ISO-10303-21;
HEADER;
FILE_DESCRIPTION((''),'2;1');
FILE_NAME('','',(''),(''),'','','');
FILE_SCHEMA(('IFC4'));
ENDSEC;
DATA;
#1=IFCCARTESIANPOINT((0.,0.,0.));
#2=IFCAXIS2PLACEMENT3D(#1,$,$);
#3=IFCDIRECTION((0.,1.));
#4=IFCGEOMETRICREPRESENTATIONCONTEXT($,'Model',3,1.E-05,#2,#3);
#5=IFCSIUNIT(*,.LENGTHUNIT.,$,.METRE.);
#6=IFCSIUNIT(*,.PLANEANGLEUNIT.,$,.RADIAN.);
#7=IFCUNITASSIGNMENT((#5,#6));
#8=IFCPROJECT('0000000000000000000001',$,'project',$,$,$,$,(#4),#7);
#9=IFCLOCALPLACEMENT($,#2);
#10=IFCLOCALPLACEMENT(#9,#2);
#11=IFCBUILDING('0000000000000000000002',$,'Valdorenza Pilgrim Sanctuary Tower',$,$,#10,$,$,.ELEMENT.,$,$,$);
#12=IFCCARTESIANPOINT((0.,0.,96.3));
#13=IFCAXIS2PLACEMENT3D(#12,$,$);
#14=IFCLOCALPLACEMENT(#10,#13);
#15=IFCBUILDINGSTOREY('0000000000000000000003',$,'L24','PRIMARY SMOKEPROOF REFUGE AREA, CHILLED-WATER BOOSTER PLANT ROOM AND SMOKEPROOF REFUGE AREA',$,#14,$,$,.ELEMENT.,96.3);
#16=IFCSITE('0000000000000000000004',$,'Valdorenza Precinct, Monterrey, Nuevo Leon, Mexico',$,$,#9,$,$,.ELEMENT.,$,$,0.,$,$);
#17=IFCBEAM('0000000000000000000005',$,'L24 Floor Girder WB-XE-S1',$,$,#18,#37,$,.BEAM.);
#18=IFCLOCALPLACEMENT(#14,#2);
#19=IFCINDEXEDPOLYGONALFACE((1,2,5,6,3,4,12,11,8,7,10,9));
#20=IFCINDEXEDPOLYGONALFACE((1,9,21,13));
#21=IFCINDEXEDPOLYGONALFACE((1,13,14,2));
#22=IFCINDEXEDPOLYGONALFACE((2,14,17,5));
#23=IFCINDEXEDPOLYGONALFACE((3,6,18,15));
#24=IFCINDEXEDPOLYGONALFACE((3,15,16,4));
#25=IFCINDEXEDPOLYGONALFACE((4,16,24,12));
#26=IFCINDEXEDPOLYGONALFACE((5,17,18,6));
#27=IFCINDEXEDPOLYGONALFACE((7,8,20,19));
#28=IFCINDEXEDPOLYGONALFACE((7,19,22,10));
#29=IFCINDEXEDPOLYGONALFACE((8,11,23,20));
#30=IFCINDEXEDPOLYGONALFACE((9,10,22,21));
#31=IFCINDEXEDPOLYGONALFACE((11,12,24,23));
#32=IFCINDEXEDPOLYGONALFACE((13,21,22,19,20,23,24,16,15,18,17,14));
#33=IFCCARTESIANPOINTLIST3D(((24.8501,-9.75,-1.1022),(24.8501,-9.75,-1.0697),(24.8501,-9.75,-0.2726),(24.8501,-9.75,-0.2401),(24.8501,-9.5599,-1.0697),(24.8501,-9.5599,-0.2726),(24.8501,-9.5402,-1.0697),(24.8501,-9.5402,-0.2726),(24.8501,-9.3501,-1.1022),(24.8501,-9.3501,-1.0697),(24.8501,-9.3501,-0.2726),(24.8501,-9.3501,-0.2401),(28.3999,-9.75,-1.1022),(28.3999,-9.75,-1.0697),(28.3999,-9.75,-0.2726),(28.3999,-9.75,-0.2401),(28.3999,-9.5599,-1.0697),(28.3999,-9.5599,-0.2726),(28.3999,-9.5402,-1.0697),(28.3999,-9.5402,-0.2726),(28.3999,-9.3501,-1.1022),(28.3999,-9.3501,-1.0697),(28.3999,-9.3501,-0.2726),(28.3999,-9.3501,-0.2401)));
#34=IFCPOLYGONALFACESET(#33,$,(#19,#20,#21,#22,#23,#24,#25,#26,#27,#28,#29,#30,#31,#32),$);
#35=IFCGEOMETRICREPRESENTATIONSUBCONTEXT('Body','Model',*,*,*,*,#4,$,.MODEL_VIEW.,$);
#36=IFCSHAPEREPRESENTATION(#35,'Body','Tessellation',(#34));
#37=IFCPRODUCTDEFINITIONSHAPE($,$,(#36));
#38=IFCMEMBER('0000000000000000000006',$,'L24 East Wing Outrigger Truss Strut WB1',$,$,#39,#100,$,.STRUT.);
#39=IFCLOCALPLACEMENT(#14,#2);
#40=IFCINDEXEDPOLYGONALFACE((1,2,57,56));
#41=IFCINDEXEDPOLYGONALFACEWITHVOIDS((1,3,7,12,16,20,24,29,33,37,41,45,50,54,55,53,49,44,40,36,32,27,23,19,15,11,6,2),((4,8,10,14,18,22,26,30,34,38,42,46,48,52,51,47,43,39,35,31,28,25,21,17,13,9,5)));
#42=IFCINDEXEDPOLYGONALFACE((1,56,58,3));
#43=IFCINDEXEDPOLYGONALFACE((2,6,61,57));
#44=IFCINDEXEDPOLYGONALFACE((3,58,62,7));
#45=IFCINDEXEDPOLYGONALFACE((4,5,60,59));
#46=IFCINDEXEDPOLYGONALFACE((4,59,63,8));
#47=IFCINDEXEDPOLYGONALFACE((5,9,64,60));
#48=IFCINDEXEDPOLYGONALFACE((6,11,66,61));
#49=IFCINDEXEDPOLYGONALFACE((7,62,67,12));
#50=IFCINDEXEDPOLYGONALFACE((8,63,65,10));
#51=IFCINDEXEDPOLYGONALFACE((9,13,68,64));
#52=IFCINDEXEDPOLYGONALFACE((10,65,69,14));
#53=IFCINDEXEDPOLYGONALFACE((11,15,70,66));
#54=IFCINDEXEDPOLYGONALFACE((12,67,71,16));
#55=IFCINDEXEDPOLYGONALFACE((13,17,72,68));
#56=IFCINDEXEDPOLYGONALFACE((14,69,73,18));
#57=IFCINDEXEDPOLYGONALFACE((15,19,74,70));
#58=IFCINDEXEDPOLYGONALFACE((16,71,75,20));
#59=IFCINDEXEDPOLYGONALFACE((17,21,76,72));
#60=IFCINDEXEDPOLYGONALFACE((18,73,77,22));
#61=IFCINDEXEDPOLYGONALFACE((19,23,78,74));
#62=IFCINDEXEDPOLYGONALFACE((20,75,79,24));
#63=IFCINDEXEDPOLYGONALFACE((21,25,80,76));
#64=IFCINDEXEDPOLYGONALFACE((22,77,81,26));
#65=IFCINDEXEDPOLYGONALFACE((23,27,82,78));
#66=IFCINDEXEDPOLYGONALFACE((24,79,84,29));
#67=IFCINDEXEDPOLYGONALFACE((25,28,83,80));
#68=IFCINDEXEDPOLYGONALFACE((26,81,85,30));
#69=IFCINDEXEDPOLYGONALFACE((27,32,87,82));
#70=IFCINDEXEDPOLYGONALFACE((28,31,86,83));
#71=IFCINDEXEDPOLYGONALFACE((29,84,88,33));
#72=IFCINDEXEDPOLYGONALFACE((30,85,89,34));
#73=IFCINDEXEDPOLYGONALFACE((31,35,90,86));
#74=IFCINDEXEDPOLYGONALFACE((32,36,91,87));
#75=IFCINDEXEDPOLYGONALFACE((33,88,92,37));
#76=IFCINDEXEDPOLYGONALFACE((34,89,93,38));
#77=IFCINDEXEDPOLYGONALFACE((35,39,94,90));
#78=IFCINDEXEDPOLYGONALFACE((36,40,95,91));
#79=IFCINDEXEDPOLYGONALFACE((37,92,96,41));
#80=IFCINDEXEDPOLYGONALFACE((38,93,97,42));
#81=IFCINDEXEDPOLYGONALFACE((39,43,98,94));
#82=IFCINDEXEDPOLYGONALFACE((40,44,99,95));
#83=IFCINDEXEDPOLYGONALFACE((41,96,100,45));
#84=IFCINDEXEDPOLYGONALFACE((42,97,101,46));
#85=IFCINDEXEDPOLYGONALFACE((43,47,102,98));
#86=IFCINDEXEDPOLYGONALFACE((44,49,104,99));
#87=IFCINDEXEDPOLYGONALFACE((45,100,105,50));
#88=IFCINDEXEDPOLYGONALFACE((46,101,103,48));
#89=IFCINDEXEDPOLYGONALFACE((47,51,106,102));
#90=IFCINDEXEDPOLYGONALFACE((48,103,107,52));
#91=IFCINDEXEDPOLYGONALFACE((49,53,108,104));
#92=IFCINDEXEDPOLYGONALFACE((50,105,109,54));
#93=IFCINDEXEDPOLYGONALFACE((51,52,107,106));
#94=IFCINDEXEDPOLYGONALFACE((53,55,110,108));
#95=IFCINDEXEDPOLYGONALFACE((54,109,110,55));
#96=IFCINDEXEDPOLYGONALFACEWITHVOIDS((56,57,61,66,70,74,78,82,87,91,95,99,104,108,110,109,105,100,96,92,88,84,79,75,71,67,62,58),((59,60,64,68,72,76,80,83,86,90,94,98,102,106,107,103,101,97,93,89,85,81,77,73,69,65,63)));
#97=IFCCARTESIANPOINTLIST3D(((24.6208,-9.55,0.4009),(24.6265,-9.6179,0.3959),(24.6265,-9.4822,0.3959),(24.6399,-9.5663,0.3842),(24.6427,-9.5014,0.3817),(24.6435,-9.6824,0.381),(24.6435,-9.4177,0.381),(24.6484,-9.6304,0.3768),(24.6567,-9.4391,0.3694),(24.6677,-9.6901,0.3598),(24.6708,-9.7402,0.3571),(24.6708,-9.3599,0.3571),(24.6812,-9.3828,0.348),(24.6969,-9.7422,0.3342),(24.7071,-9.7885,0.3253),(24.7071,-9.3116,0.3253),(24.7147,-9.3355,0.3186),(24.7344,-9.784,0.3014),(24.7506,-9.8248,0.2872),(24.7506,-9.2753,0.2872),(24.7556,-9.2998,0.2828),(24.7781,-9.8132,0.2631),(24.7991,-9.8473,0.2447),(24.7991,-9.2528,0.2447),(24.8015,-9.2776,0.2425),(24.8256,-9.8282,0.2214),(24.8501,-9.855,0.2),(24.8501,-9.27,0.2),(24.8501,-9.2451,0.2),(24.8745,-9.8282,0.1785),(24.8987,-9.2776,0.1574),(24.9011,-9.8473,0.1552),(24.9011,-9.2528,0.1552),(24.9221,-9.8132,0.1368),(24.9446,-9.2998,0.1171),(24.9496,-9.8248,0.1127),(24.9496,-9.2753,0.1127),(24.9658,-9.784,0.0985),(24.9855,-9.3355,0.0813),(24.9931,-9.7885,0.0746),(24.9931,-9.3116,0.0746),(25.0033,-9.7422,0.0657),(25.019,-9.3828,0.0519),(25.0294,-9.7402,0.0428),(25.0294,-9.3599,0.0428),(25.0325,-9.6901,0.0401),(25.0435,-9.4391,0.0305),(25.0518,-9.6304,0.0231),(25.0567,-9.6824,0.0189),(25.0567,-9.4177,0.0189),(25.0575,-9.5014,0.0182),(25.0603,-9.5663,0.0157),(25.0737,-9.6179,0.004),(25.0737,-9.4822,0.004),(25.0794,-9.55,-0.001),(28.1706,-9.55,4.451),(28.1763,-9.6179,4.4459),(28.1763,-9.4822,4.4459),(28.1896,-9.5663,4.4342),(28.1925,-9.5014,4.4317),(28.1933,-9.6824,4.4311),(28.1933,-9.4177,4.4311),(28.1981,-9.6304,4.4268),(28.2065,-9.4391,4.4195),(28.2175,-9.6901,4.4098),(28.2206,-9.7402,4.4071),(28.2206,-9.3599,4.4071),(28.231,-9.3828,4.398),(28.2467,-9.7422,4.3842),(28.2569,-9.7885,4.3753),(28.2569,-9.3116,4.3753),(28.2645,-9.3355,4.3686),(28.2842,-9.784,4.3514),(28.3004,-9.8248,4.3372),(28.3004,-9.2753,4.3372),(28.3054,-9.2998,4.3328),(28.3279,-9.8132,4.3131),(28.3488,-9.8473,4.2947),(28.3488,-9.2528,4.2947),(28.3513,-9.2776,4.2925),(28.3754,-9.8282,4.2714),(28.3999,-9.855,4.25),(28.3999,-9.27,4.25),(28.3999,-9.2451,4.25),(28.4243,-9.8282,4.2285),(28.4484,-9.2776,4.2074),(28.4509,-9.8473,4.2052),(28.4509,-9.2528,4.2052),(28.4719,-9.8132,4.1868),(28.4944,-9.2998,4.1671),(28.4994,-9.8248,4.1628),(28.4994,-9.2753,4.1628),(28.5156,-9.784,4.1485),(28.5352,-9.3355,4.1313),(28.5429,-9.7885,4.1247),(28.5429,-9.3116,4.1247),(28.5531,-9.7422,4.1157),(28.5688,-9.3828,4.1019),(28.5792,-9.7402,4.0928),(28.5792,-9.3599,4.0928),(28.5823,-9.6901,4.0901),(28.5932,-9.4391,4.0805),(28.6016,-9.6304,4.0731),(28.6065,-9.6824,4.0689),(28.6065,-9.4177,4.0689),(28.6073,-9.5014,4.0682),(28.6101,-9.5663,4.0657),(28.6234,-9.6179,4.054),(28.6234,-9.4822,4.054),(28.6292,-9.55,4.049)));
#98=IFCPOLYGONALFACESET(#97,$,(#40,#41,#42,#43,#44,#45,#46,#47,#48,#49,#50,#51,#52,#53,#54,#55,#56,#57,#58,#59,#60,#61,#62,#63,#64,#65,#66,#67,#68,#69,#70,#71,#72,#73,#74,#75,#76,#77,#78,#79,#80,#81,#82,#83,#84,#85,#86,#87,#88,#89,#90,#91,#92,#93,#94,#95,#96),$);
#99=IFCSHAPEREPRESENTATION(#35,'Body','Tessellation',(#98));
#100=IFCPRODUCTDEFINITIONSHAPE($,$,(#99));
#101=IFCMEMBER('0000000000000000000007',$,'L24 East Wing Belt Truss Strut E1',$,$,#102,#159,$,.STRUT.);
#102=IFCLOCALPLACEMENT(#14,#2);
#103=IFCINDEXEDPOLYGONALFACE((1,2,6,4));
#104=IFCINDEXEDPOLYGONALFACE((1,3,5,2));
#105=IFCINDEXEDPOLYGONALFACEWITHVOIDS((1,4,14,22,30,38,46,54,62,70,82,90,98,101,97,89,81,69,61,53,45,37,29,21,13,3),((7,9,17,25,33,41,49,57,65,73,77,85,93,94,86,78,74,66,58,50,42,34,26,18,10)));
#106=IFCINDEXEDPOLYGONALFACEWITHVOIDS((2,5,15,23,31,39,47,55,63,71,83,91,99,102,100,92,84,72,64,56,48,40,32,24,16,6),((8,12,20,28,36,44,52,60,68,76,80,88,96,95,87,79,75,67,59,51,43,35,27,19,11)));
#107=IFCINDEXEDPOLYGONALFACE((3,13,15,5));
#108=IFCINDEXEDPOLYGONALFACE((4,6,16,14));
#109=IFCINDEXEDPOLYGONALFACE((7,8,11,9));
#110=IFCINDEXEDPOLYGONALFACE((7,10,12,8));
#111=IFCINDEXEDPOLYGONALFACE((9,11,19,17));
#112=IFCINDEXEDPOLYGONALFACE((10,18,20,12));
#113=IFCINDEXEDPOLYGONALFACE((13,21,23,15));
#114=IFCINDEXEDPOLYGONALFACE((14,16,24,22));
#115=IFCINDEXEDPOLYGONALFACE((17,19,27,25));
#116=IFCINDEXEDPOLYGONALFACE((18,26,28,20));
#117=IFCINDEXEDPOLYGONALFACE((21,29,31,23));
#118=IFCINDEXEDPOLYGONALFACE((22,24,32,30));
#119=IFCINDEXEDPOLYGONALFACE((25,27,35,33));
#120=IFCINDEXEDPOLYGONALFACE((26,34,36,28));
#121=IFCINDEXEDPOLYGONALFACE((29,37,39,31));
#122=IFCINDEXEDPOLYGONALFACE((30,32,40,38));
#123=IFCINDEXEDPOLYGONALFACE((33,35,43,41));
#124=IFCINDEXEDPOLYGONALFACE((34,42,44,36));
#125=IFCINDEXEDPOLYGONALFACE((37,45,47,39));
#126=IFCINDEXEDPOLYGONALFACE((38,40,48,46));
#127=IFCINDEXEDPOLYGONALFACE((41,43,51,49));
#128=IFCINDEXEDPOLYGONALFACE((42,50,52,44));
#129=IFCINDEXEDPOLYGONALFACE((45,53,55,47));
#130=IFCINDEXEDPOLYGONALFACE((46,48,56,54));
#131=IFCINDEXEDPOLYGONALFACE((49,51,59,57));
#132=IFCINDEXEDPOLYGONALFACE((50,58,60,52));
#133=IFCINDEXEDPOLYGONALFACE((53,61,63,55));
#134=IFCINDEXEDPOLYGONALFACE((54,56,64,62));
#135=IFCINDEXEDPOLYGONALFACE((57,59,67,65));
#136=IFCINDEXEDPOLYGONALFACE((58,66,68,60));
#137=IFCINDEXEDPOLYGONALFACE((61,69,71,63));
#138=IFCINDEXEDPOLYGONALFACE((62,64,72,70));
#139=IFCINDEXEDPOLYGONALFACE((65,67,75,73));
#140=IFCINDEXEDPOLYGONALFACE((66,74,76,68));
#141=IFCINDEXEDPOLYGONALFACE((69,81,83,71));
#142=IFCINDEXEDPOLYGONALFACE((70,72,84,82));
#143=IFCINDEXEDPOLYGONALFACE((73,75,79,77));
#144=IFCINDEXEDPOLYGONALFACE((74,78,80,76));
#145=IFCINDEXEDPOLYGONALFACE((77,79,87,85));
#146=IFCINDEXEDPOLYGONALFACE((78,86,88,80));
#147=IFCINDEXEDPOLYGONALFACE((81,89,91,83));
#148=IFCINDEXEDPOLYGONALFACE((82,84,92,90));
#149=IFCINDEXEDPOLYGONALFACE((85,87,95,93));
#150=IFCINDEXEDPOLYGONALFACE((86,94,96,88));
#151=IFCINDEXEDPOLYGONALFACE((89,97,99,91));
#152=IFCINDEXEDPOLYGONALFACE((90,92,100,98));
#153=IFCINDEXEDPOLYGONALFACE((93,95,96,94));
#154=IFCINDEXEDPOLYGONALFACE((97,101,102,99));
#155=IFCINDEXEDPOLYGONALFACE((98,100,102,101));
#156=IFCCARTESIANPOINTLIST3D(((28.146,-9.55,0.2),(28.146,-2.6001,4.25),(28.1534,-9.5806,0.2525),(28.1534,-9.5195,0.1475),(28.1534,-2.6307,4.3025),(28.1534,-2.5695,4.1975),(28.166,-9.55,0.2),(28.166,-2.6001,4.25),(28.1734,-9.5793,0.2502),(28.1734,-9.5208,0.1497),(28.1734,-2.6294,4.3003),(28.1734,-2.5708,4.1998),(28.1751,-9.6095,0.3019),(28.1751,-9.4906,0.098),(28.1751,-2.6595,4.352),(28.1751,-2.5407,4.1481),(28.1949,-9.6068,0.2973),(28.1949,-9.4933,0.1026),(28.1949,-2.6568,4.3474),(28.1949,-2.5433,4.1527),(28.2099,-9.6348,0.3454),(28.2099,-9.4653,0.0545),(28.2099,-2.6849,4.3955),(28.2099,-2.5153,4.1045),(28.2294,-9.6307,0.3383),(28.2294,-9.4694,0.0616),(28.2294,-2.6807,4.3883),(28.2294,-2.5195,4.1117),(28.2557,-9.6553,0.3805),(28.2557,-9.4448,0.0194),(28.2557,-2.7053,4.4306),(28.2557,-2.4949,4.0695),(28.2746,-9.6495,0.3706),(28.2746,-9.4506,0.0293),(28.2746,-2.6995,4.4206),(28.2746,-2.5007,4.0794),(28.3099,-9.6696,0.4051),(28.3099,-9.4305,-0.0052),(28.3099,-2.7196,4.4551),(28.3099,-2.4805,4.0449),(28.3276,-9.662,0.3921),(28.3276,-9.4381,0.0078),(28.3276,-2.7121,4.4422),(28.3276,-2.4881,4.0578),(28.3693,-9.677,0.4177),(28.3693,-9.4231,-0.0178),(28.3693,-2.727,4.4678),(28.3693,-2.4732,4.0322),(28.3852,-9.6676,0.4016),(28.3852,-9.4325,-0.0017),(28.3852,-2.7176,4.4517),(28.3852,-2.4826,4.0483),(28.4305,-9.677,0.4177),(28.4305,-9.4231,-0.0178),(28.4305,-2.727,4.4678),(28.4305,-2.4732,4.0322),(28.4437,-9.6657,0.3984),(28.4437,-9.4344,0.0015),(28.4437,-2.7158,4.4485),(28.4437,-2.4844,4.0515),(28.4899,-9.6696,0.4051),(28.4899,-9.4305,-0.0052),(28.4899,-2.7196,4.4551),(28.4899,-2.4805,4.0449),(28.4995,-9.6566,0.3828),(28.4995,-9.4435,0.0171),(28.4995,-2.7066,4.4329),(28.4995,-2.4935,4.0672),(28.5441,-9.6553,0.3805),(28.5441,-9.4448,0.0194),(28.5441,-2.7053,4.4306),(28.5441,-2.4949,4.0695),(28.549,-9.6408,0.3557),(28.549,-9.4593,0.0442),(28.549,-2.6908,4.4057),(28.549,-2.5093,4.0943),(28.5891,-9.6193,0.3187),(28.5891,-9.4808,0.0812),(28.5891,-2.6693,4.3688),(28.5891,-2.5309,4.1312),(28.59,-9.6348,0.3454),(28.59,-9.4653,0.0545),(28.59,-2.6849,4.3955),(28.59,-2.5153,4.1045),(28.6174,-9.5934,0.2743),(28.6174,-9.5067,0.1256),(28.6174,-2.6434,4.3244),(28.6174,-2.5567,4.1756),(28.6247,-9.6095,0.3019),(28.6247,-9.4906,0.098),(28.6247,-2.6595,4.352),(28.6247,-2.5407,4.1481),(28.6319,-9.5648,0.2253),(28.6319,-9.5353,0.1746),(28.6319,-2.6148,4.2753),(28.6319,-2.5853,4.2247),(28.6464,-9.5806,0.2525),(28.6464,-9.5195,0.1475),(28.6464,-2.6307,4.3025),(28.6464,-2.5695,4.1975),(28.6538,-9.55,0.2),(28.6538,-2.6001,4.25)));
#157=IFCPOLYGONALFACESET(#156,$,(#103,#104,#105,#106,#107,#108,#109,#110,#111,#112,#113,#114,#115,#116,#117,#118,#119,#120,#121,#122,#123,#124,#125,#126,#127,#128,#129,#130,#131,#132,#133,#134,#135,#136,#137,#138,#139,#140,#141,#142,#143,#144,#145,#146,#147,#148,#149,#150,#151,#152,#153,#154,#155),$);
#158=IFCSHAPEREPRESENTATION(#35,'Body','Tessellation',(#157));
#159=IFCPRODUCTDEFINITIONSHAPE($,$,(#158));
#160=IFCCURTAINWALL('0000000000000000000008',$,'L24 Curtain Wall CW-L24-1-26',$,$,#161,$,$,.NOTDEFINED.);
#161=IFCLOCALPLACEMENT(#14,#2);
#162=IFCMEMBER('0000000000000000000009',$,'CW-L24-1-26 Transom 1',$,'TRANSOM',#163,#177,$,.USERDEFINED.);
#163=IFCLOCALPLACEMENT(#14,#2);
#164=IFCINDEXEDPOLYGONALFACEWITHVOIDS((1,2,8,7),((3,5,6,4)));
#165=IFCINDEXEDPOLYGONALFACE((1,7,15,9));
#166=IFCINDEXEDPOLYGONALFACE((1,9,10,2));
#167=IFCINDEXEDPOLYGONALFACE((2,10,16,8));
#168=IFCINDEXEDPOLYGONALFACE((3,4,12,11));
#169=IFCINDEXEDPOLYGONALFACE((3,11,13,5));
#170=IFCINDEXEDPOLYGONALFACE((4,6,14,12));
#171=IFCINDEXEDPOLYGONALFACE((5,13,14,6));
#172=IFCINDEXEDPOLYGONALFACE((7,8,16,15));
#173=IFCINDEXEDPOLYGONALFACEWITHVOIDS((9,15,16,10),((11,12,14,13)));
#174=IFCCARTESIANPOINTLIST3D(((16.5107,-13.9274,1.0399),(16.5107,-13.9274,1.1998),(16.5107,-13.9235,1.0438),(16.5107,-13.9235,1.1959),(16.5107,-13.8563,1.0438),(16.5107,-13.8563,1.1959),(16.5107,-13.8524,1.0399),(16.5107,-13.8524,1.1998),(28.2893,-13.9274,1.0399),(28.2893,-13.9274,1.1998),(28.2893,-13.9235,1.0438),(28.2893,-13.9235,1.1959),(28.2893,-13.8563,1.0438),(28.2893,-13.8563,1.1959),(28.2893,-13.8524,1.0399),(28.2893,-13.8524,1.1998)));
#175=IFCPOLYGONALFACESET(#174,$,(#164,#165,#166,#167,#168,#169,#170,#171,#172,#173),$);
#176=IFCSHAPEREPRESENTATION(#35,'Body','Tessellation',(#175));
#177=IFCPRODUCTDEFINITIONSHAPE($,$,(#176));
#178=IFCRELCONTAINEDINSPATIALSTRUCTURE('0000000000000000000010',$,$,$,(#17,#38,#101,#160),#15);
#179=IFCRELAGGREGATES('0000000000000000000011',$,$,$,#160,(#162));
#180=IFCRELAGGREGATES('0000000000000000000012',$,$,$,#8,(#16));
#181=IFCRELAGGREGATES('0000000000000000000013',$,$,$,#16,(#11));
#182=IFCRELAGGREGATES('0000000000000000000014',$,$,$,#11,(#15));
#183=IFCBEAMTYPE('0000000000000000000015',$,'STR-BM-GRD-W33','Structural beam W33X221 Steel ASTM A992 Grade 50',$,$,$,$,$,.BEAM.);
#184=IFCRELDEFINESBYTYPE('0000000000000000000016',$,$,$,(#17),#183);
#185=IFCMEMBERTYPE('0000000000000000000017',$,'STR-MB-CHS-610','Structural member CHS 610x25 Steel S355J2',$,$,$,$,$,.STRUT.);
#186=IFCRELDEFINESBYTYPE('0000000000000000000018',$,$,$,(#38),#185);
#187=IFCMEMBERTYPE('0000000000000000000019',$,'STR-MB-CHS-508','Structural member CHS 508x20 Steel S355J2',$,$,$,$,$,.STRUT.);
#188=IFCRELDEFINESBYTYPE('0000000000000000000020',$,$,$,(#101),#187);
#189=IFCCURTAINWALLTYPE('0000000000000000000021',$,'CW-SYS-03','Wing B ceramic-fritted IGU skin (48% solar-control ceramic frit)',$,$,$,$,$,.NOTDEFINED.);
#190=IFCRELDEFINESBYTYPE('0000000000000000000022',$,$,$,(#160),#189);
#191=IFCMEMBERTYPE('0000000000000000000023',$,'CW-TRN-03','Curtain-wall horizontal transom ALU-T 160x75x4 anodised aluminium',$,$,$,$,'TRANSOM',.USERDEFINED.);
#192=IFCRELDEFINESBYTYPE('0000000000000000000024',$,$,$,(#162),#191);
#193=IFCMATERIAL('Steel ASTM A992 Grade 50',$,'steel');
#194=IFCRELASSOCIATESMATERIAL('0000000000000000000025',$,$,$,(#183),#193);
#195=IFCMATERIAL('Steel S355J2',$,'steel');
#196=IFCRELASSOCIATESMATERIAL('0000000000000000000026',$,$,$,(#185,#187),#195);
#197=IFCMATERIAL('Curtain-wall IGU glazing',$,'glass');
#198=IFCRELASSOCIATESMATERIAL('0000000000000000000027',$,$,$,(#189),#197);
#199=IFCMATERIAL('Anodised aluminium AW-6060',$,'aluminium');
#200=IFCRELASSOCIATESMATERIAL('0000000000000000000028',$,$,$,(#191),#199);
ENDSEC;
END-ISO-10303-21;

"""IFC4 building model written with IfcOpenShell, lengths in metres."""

from ifc_helpers import new_model, si_unit, direction, frame, origin, origin_2d, place, context, subcontext, project, spatial, hollow_rectangle, hollow_circle, i_section, extrude, source, transform, mapped, material, material_profile, profile_set, type_object, element, aggregate, save


model = new_model("IFC4")

# Units and contexts
model_context = context("Model", 3, precision=1e-05, world=origin(), true_north=direction((0.0, 1.0)))
body_context = subcontext(model_context, "Body", "Model", "MODEL_VIEW")
ifc_project = project(units=[si_unit("LENGTHUNIT", "METRE"), si_unit("PLANEANGLEUNIT", "RADIAN")], contexts=[model_context])

# Site, building, storey
site_placement = place(None, origin())
site = spatial("IfcSite", under=ifc_project, at=site_placement, Name="Valdorenza Precinct, Monterrey, Nuevo Leon, Mexico", CompositionType="ELEMENT", RefElevation=0.0)
building_placement = place(site_placement, origin())
building = spatial("IfcBuilding", under=site, at=building_placement, Name="Valdorenza Pilgrim Sanctuary Tower", CompositionType="ELEMENT")
storey_placement = place(building_placement, frame((0.0, 0.0, 96.3)))
storey = spatial("IfcBuildingStorey", under=building, at=storey_placement, Name="L24", Description="PRIMARY SMOKEPROOF REFUGE AREA, CHILLED-WATER BOOSTER PLANT ROOM AND SMOKEPROOF REFUGE AREA", CompositionType="ELEMENT", Elevation=96.3)

# Beam
ifc_material_1 = material(Name="Steel ASTM A992 Grade 50", Category="steel")
ifc_material_profile_1 = material_profile(ifc_material_1, i_section(OverallWidth=0.3999, OverallDepth=0.8621, WebThickness=0.0198, FlangeThickness=0.0325, at=origin_2d()), Name="W33X221")
ifc_profile_set_1 = profile_set([ifc_material_profile_1], Name="Steel ASTM A992 Grade 50")
beam_type_1 = type_object("IfcBeamType", Name="STR-BM-GRD-W33", Description="Structural beam W33X221 Steel ASTM A992 Grade 50", PredefinedType="BEAM", material=ifc_profile_set_1)
shared_shape_1 = source(origin(), body_context, "Body", "SweptSolid", [
    extrude(i_section(OverallWidth=0.3999, OverallDepth=0.8621, WebThickness=0.0198, FlangeThickness=0.0325, at=origin_2d()), origin(), (0.0, 0.0, 1.0), 3.5498),
])
beam_1_placement = place(storey_placement, frame((24.8501, -9.55, -0.6711), z_axis=(1.0, 0.0, 0.0), x_axis=(0.0, 1.0, 0.0)))
element("IfcBeam", 1, at=beam_1_placement, inside=storey, type_object=beam_type_1, Name="L24 Floor Girder WB-XE-S1", PredefinedType="BEAM", context=body_context, shape_type="MappedRepresentation", body=[
    mapped(shared_shape_1, transform((0.0, 0.0, 0.0), x_axis=(1.0, 0.0, 0.0), y_axis=(0.0, 1.0, 0.0), z_axis=(0.0, 0.0, 1.0), scale=1.0)),
])

# Members
ifc_material_2 = material(Name="Steel S355J2", Category="steel")
ifc_material_profile_2 = material_profile(ifc_material_2, hollow_circle(Radius=0.3049, WallThickness=0.0249, at=origin_2d()), Name="CHS 610x25")
ifc_profile_set_2 = profile_set([ifc_material_profile_2], Name="Steel S355J2")
member_type_1 = type_object("IfcMemberType", Name="STR-MB-CHS-610", Description="Structural member CHS 610x25 Steel S355J2", PredefinedType="STRUT", material=ifc_profile_set_2)
shared_shape_2 = source(origin(), body_context, "Body", "SweptSolid", [
    extrude(hollow_circle(Radius=0.3049, WallThickness=0.0249, at=origin_2d()), origin(), (0.0, 0.0, 1.0), 5.3855),
])
member_1_placement = place(storey_placement, frame((24.8501, -9.55, 0.2), z_axis=(0.659137, 0.0, 0.752023), x_axis=(0.0, 1.0, 0.0)))
element("IfcMember", 2, at=member_1_placement, inside=storey, type_object=member_type_1, Name="L24 East Wing Outrigger Truss Strut WB1", PredefinedType="STRUT", context=body_context, shape_type="MappedRepresentation", body=[
    mapped(shared_shape_2, transform((0.0, 0.0, 0.0), x_axis=(1.0, 0.0, 0.0), y_axis=(0.0, 1.0, 0.0), z_axis=(0.0, 0.0, 1.0), scale=1.0)),
])
ifc_material_profile_3 = material_profile(ifc_material_2, hollow_circle(Radius=0.2539, WallThickness=0.02, at=origin_2d()), Name="CHS 508x20")
ifc_profile_set_3 = profile_set([ifc_material_profile_3], Name="Steel S355J2")
member_type_2 = type_object("IfcMemberType", Name="STR-MB-CHS-508", Description="Structural member CHS 508x20 Steel S355J2", PredefinedType="STRUT", material=ifc_profile_set_3)
shared_shape_3 = source(origin(), body_context, "Body", "SweptSolid", [
    extrude(hollow_circle(Radius=0.2539, WallThickness=0.02, at=origin_2d()), origin(), (0.0, 0.0, 1.0), 8.0439),
])
member_2_placement = place(storey_placement, frame((28.3999, -9.55, 0.2), z_axis=(0.0, 0.864, 0.503492), x_axis=(-1.0, 0.0, 0.0)))
element("IfcMember", 3, at=member_2_placement, inside=storey, type_object=member_type_2, Name="L24 East Wing Belt Truss Strut E1", PredefinedType="STRUT", context=body_context, shape_type="MappedRepresentation", body=[
    mapped(shared_shape_3, transform((0.0, 0.0, 0.0), x_axis=(1.0, 0.0, 0.0), y_axis=(0.0, 1.0, 0.0), z_axis=(0.0, 0.0, 1.0), scale=1.0)),
])

# Curtain wall, member
ifc_material_3 = material(Name="Curtain-wall IGU glazing", Category="glass")
curtain_wall_type = type_object("IfcCurtainWallType", Name="CW-SYS-03", Description="Wing B ceramic-fritted IGU skin (48% solar-control ceramic frit)", PredefinedType="NOTDEFINED", material=ifc_material_3)
curtain_wall_1_placement = place(storey_placement, origin())
curtain_wall_1 = element("IfcCurtainWall", 4, at=curtain_wall_1_placement, inside=storey, type_object=curtain_wall_type, Name="L24 Curtain Wall CW-L24-1-26", PredefinedType="NOTDEFINED")
ifc_material_4 = material(Name="Anodised aluminium AW-6060", Category="aluminium")
ifc_material_profile_4 = material_profile(ifc_material_4, hollow_rectangle(XDim=0.075, YDim=0.1599, WallThickness=0.0039, at=origin_2d()), Name="ALU-T 160x75x4")
ifc_profile_set_4 = profile_set([ifc_material_profile_4], Name="Anodised aluminium AW-6060")
member_type_3 = type_object("IfcMemberType", Name="CW-TRN-03", Description="Curtain-wall horizontal transom ALU-T 160x75x4 anodised aluminium", ElementType="TRANSOM", PredefinedType="USERDEFINED", material=ifc_profile_set_4)
shared_shape_4 = source(origin(), body_context, "Body", "SweptSolid", [
    extrude(hollow_rectangle(XDim=0.075, YDim=0.1599, WallThickness=0.0039, at=origin_2d()), origin(), (0.0, 0.0, 1.0), 11.7786),
])
member_3_placement = place(storey_placement, frame((28.2893, -13.8899, 1.1199), z_axis=(-1.0, 0.0, 0.0), x_axis=(0.0, -1.0, 0.0)))
member_3 = element("IfcMember", 5, at=member_3_placement, type_object=member_type_3, Name="CW-L24-1-26 Transom 1", ObjectType="TRANSOM", PredefinedType="USERDEFINED", context=body_context, shape_type="MappedRepresentation", body=[
    mapped(shared_shape_4, transform((0.0, 0.0, 0.0), x_axis=(1.0, 0.0, 0.0), y_axis=(0.0, 1.0, 0.0), z_axis=(0.0, 0.0, 1.0), scale=1.0)),
])

aggregate(curtain_wall_1, [member_3])

save(model, "model.ifc")
